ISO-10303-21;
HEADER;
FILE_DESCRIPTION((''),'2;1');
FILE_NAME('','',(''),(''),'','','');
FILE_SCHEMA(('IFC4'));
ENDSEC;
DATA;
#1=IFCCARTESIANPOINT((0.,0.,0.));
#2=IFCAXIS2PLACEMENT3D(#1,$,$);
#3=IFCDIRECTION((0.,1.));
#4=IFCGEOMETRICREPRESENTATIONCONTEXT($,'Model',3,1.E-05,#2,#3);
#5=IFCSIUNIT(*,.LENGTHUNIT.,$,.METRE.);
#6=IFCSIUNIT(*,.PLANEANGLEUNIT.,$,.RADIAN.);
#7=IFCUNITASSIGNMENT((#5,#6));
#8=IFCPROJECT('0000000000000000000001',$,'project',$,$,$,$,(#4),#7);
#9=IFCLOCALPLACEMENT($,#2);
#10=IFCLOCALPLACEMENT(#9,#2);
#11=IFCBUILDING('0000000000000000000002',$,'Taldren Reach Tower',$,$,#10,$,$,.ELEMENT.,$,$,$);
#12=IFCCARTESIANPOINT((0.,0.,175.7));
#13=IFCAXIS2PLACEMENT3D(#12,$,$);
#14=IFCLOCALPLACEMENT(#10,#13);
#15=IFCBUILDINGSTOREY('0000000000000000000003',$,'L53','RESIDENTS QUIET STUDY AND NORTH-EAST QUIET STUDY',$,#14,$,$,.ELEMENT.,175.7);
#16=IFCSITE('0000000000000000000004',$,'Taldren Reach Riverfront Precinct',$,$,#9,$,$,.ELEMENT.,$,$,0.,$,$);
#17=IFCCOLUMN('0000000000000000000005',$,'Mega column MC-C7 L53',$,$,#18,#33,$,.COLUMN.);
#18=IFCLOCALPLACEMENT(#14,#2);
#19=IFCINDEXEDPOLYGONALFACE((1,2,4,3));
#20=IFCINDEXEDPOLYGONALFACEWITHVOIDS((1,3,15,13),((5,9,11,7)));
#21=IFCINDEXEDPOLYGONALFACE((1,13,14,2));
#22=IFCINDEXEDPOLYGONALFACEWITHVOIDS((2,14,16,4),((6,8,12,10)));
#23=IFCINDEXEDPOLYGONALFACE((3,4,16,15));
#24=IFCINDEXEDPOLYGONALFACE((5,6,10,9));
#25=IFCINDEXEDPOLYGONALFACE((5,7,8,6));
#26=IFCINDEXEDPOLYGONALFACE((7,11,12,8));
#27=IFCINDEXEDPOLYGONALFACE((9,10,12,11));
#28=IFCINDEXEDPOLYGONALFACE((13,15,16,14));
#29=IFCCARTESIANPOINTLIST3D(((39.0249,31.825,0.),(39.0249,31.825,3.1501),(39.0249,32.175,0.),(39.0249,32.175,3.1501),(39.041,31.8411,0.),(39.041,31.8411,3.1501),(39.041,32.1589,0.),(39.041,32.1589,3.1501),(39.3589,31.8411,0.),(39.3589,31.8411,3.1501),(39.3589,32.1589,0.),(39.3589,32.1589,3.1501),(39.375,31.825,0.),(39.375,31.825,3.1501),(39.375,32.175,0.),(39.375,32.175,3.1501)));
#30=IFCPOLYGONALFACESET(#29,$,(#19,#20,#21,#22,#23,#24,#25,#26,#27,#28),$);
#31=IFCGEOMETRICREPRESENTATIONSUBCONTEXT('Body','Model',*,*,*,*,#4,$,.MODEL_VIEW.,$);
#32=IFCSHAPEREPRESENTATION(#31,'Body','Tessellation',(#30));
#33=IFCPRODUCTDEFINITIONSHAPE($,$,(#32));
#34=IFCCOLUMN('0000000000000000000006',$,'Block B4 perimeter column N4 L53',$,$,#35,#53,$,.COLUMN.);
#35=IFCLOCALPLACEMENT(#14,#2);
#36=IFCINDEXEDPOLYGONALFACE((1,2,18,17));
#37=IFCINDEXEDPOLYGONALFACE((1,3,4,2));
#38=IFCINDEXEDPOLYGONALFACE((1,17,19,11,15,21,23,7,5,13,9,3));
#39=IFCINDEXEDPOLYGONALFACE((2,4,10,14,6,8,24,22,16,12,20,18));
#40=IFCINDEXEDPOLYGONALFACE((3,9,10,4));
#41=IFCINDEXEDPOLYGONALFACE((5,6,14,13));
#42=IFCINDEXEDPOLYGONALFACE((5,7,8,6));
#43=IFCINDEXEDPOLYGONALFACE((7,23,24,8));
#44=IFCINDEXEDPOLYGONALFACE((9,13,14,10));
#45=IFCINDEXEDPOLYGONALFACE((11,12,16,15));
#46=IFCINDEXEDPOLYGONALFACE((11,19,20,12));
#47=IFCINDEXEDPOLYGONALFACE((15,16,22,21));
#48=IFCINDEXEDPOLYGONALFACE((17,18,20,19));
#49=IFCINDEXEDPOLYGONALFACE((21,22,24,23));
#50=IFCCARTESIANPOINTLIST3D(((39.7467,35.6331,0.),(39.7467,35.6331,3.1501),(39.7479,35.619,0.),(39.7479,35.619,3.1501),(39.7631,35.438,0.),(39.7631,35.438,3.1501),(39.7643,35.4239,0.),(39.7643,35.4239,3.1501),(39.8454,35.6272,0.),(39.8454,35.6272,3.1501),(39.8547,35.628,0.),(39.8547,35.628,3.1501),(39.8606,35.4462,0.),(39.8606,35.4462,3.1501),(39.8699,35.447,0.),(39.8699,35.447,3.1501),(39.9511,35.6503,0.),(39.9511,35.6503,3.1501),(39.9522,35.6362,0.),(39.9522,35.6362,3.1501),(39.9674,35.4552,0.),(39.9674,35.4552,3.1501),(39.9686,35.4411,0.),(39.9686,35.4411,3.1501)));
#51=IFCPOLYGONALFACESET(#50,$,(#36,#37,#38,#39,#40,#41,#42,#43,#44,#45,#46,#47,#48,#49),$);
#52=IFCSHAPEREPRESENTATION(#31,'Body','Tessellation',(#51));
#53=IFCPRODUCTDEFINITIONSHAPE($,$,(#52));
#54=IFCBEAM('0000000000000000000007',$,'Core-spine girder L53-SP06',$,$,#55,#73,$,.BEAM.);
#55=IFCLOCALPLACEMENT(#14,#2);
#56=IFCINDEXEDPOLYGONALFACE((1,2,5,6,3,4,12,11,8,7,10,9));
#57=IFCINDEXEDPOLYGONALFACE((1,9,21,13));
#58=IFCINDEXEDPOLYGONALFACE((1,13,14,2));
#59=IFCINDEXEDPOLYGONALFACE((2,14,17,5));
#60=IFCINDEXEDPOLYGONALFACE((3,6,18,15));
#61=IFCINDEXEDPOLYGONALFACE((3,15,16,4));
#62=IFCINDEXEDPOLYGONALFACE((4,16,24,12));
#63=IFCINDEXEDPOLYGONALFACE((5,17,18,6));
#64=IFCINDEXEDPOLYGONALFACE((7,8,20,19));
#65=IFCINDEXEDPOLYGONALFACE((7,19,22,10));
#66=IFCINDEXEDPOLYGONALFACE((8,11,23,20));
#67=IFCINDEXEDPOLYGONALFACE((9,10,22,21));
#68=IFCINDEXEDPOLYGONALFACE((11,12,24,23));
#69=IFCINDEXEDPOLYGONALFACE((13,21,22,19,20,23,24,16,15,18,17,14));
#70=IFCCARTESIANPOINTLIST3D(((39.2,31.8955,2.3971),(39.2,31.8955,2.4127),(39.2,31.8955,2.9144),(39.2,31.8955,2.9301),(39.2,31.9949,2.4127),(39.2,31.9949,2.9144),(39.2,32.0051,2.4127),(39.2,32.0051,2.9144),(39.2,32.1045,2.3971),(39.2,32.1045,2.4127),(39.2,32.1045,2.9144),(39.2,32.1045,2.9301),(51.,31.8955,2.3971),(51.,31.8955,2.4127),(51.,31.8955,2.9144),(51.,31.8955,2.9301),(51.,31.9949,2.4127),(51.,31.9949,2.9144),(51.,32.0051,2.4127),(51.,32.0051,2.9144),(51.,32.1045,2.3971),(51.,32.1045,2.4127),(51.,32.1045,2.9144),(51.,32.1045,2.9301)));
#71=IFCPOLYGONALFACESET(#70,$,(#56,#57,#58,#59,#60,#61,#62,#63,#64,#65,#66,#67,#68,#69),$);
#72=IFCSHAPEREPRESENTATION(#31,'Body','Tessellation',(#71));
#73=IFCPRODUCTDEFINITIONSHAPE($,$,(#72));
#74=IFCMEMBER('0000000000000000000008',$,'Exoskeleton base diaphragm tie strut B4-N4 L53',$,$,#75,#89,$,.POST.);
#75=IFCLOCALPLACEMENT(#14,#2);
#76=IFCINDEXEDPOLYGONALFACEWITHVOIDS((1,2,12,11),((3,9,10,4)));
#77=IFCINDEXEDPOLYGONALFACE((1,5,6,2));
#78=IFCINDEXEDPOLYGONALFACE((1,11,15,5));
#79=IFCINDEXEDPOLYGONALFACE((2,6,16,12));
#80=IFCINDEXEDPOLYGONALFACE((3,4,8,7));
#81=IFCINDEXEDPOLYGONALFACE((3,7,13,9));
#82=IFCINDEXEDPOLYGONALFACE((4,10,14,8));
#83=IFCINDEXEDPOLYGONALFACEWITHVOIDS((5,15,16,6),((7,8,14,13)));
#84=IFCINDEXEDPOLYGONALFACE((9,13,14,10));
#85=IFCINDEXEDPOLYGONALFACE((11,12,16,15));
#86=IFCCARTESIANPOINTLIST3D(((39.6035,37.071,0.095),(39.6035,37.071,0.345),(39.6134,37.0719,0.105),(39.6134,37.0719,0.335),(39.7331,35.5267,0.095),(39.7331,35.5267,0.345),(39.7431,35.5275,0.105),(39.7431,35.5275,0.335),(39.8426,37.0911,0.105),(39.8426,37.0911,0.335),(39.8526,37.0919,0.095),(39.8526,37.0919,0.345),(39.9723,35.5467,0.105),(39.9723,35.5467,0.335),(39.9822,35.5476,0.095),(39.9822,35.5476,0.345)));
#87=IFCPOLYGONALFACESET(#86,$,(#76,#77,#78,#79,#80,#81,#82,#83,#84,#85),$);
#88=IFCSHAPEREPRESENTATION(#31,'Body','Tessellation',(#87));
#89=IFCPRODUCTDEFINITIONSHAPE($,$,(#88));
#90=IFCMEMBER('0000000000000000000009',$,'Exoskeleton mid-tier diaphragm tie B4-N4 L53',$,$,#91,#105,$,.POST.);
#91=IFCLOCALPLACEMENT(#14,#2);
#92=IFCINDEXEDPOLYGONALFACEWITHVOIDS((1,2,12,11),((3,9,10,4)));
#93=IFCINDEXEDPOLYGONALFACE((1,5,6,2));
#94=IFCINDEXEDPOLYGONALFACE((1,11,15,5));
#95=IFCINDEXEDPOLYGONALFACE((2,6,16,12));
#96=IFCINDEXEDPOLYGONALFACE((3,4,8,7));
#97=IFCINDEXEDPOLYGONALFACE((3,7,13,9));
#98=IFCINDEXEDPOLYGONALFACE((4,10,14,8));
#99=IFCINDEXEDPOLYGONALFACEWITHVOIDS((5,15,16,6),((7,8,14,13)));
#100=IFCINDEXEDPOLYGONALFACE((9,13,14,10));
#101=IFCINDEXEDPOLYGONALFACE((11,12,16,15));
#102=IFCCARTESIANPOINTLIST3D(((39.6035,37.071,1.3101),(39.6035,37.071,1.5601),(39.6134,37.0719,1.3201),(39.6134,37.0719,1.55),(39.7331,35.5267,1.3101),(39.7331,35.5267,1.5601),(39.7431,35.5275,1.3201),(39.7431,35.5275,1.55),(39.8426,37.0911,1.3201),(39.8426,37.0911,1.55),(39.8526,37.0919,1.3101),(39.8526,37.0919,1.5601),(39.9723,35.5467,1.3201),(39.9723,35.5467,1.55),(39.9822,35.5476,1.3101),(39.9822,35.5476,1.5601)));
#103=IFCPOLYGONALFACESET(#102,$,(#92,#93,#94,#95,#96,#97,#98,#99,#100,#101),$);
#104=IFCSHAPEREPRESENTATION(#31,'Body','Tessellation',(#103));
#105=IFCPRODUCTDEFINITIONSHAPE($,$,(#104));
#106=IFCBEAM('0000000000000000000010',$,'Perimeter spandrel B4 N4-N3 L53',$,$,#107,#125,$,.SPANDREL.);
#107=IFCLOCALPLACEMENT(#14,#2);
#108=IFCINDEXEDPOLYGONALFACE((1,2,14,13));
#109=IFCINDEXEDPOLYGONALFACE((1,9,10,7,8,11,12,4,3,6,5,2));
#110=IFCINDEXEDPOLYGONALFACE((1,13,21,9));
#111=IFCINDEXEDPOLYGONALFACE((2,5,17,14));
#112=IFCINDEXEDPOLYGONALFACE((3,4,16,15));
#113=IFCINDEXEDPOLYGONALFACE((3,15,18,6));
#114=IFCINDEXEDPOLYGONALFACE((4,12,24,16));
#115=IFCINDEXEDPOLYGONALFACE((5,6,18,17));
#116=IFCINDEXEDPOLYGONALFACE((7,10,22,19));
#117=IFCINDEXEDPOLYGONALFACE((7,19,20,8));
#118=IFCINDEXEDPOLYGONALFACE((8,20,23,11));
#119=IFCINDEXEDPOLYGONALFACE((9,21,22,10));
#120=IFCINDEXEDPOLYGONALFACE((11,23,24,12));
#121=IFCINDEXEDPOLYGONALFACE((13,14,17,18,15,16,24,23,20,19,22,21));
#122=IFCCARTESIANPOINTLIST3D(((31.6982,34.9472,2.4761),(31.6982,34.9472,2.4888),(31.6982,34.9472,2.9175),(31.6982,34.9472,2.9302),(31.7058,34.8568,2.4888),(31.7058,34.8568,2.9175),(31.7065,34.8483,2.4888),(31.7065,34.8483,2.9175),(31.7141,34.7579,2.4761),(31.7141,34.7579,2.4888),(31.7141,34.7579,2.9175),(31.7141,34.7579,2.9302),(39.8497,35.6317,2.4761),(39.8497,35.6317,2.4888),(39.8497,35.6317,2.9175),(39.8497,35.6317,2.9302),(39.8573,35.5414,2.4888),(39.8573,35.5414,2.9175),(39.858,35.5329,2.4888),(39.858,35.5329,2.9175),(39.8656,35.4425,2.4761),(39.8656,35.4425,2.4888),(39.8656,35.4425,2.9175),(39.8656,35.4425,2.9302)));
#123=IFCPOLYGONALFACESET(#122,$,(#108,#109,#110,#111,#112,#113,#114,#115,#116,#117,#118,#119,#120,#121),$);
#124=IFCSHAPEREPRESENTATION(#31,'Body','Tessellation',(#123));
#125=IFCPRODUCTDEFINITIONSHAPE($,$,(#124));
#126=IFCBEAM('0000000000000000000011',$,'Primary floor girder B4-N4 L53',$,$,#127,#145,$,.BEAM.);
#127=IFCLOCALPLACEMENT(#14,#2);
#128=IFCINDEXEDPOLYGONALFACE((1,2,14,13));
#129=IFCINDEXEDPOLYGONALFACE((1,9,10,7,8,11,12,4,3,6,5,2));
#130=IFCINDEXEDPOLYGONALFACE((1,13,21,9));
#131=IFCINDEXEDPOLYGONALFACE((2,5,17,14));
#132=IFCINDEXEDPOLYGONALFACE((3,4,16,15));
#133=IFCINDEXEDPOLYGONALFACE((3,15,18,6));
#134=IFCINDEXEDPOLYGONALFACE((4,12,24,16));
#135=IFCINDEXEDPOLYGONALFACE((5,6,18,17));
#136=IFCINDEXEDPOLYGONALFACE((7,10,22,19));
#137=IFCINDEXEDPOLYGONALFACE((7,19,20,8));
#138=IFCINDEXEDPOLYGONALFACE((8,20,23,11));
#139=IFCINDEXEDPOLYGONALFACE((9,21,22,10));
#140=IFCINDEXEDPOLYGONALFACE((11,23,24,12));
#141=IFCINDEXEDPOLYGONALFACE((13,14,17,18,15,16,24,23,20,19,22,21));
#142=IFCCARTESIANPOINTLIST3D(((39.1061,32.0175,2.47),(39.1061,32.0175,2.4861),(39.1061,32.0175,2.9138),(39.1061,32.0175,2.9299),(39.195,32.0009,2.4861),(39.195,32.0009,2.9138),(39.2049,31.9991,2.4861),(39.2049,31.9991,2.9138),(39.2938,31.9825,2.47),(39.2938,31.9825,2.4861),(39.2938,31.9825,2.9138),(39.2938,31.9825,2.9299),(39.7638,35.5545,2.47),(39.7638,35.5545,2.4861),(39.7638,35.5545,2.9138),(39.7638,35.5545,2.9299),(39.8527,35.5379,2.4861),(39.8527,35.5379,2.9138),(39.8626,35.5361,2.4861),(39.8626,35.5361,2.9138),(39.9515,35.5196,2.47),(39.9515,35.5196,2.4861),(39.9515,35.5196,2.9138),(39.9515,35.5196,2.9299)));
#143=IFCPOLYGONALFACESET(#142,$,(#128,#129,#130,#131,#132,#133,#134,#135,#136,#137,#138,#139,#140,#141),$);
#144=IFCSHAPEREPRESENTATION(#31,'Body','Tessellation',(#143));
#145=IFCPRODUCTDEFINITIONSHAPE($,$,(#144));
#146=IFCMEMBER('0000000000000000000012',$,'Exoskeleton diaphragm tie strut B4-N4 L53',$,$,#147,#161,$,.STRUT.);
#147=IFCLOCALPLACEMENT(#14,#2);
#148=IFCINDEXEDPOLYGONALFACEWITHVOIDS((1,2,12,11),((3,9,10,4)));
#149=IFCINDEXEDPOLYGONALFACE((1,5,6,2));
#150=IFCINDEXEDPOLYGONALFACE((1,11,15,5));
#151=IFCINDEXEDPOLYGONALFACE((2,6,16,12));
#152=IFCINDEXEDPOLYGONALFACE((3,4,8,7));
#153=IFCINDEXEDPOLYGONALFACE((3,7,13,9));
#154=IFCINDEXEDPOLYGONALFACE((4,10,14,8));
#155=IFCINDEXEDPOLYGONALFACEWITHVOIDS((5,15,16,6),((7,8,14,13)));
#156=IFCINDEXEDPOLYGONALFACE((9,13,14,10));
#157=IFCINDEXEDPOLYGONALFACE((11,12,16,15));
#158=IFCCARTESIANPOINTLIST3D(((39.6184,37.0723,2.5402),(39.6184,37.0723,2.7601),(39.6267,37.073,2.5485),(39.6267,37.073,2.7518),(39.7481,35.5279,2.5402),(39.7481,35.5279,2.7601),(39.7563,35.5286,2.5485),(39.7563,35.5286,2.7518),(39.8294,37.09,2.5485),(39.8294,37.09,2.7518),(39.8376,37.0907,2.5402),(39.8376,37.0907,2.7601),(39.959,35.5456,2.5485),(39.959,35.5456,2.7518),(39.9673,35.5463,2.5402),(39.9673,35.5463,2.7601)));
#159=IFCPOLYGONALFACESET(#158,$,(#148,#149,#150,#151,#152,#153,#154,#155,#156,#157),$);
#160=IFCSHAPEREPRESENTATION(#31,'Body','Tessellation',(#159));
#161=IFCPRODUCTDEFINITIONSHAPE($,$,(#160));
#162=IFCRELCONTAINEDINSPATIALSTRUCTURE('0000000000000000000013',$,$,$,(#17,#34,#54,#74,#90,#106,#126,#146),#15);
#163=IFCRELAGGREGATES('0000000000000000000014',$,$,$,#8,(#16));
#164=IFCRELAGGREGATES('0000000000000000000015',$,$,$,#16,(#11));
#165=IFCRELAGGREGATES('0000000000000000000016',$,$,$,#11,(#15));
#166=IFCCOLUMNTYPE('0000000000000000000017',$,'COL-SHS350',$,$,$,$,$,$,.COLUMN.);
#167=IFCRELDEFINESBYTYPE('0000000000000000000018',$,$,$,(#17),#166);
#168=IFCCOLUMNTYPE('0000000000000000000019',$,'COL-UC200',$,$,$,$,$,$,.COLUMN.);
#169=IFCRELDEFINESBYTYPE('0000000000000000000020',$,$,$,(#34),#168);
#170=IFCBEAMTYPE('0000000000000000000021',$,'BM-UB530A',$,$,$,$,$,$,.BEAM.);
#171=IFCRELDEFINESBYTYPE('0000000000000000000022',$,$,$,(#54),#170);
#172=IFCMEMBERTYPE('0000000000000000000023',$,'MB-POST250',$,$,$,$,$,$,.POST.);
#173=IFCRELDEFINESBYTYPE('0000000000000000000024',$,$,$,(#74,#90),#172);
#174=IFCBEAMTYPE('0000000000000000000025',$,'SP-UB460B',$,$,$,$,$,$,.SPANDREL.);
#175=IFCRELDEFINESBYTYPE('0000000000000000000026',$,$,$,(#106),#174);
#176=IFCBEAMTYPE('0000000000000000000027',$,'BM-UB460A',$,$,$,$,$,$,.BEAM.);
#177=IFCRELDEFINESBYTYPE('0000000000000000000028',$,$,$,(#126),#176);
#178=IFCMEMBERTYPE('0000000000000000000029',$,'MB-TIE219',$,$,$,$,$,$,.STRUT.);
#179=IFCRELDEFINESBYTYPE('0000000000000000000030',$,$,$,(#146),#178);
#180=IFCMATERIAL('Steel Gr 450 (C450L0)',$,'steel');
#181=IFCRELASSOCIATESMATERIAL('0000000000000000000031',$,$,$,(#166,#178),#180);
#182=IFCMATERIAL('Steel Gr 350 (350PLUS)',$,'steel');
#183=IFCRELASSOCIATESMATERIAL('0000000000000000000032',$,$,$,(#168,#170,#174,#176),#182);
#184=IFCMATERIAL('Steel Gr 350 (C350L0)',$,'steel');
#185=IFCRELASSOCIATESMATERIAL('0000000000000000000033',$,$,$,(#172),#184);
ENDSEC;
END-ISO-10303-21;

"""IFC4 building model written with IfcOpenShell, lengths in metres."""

from ifc_helpers import new_model, si_unit, direction, frame, origin, origin_2d, place, context, subcontext, project, spatial, hollow_rectangle, i_section, extrude, source, transform, mapped, material, material_profile, profile_set, type_object, element, save


model = new_model("IFC4")

# Units and contexts
model_context = context("Model", 3, precision=1e-05, world=origin(), true_north=direction((0.0, 1.0)))
body_context = subcontext(model_context, "Body", "Model", "MODEL_VIEW")
ifc_project = project(units=[si_unit("LENGTHUNIT", "METRE"), si_unit("PLANEANGLEUNIT", "RADIAN")], contexts=[model_context])

# Site, building, storey
site_placement = place(None, origin())
site = spatial("IfcSite", under=ifc_project, at=site_placement, Name="Taldren Reach Riverfront Precinct", CompositionType="ELEMENT", RefElevation=0.0)
building_placement = place(site_placement, origin())
building = spatial("IfcBuilding", under=site, at=building_placement, Name="Taldren Reach Tower", CompositionType="ELEMENT")
storey_placement = place(building_placement, frame((0.0, 0.0, 175.7)))
storey = spatial("IfcBuildingStorey", under=building, at=storey_placement, Name="L53", Description="RESIDENTS QUIET STUDY AND NORTH-EAST QUIET STUDY", CompositionType="ELEMENT", Elevation=175.7)

# Columns
ifc_material_1 = material(Name="Steel Gr 450 (C450L0)", Category="steel")
ifc_material_profile_1 = material_profile(ifc_material_1, hollow_rectangle(XDim=0.3501, YDim=0.3501, WallThickness=0.0161, at=origin_2d()), Name="350x350x16.0SHS")
ifc_profile_set_1 = profile_set([ifc_material_profile_1], Name="Steel Gr 450 (C450L0)")
column_type_1 = type_object("IfcColumnType", Name="COL-SHS350", PredefinedType="COLUMN", material=ifc_profile_set_1)
shared_shape_1 = source(origin(), body_context, "Body", "SweptSolid", [
    extrude(hollow_rectangle(XDim=0.3501, YDim=0.3501, WallThickness=0.0161, at=origin_2d()), origin(), (0.0, 0.0, 1.0), 3.1501),
])
column_1_placement = place(storey_placement, frame((39.2, 32.0, 0.0), z_axis=(0.0, 0.0, 1.0), x_axis=(1.0, 0.0, 0.0)))
element("IfcColumn", 1, at=column_1_placement, inside=storey, type_object=column_type_1, Name="Mega column MC-C7 L53", PredefinedType="COLUMN", context=body_context, shape_type="MappedRepresentation", body=[
    mapped(shared_shape_1, transform((0.0, 0.0, 0.0), scale=1.0)),
])
ifc_material_2 = material(Name="Steel Gr 350 (350PLUS)", Category="steel")
ifc_material_profile_2 = material_profile(ifc_material_2, i_section(OverallWidth=0.2051, OverallDepth=0.21, WebThickness=0.0093, FlangeThickness=0.0142, at=origin_2d()), Name="200UC59.5")
ifc_profile_set_2 = profile_set([ifc_material_profile_2], Name="Steel Gr 350 (350PLUS)")
column_type_2 = type_object("IfcColumnType", Name="COL-UC200", PredefinedType="COLUMN", material=ifc_profile_set_2)
shared_shape_2 = source(origin(), body_context, "Body", "SweptSolid", [
    extrude(i_section(OverallWidth=0.2051, OverallDepth=0.21, WebThickness=0.0093, FlangeThickness=0.0142, at=origin_2d()), origin(), (0.0, 0.0, 1.0), 3.1501),
])
column_2_placement = place(storey_placement, frame((39.8577, 35.5371, 0.0), z_axis=(0.0, 0.0, 1.0), x_axis=(0.996493, 0.083678, 0.0)))
element("IfcColumn", 2, at=column_2_placement, inside=storey, type_object=column_type_2, Name="Block B4 perimeter column N4 L53", PredefinedType="COLUMN", context=body_context, shape_type="MappedRepresentation", body=[
    mapped(shared_shape_2, transform((0.0, 0.0, 0.0), scale=1.0)),
])

# Beam
ifc_material_profile_3 = material_profile(ifc_material_2, i_section(OverallWidth=0.209, OverallDepth=0.533, WebThickness=0.0103, FlangeThickness=0.0156, at=origin_2d()), Name="530UB92.4")
ifc_profile_set_3 = profile_set([ifc_material_profile_3], Name="Steel Gr 350 (350PLUS)")
beam_type_1 = type_object("IfcBeamType", Name="BM-UB530A", PredefinedType="BEAM", material=ifc_profile_set_3)
shared_shape_3 = source(origin(), body_context, "Body", "SweptSolid", [
    extrude(i_section(OverallWidth=0.209, OverallDepth=0.533, WebThickness=0.0103, FlangeThickness=0.0156, at=origin_2d()), origin(), (0.0, 0.0, 1.0), 11.8),
])
beam_1_placement = place(storey_placement, frame((39.2, 32.0, 2.6636), z_axis=(1.0, 0.0, 0.0), x_axis=(0.0, 1.0, 0.0)))
element("IfcBeam", 3, at=beam_1_placement, inside=storey, type_object=beam_type_1, Name="Core-spine girder L53-SP06", PredefinedType="BEAM", context=body_context, shape_type="MappedRepresentation", body=[
    mapped(shared_shape_3, transform((0.0, 0.0, 0.0), scale=1.0)),
])

# Members
ifc_material_3 = material(Name="Steel Gr 350 (C350L0)", Category="steel")
ifc_material_profile_4 = material_profile(ifc_material_3, hollow_rectangle(XDim=0.25, YDim=0.25, WallThickness=0.01, at=origin_2d()), Name="250x250x10.0SHS")
ifc_profile_set_4 = profile_set([ifc_material_profile_4], Name="Steel Gr 350 (C350L0)")
member_type_1 = type_object("IfcMemberType", Name="MB-POST250", PredefinedType="POST", material=ifc_profile_set_4)
shared_shape_4 = source(origin(), body_context, "Body", "SweptSolid", [
    extrude(hollow_rectangle(XDim=0.25, YDim=0.25, WallThickness=0.01, at=origin_2d()), origin(), (0.0, 0.0, 1.0), 1.5498),
])
for number, where, z_axis, x_axis, name in (
    (4, (39.8577, 35.5371, 0.22), (-0.083645, 0.996496, 0.0), (-0.996496, -0.083645, 0.0), "Exoskeleton base diaphragm tie strut B4-N4 L53"),
    (5, (39.8577, 35.5371, 1.4351), (-0.083645, 0.996496, 0.0), (-0.996496, -0.083645, 0.0), "Exoskeleton mid-tier diaphragm tie B4-N4 L53"),
):
    element("IfcMember", number, at=place(storey_placement, frame(where, z_axis=z_axis, x_axis=x_axis)), inside=storey, type_object=member_type_1, Name=name, PredefinedType="POST", context=body_context, shape_type="MappedRepresentation", body=[
        mapped(shared_shape_4, transform((0.0, 0.0, 0.0), scale=1.0)),
    ])

# Beams
ifc_material_profile_5 = material_profile(ifc_material_2, i_section(OverallWidth=0.1899, OverallDepth=0.4541, WebThickness=0.0085, FlangeThickness=0.0127, at=origin_2d()), Name="460UB67.1")
ifc_profile_set_5 = profile_set([ifc_material_profile_5], Name="Steel Gr 350 (350PLUS)")
beam_type_2 = type_object("IfcBeamType", Name="SP-UB460B", PredefinedType="SPANDREL", material=ifc_profile_set_5)
shared_shape_5 = source(origin(), body_context, "Body", "SweptSolid", [
    extrude(i_section(OverallWidth=0.1899, OverallDepth=0.4541, WebThickness=0.0085, FlangeThickness=0.0127, at=origin_2d()), origin(), (0.0, 0.0, 1.0), 8.1802),
])
beam_2_placement = place(storey_placement, frame((39.8577, 35.5371, 2.7031), z_axis=(-0.996492, -0.083688, 0.0), x_axis=(0.083688, -0.996492, 0.0)))
element("IfcBeam", 6, at=beam_2_placement, inside=storey, type_object=beam_type_2, Name="Perimeter spandrel B4 N4-N3 L53", PredefinedType="SPANDREL", context=body_context, shape_type="MappedRepresentation", body=[
    mapped(shared_shape_5, transform((0.0, 0.0, 0.0), scale=1.0)),
])
ifc_material_profile_6 = material_profile(ifc_material_2, i_section(OverallWidth=0.1909, OverallDepth=0.46, WebThickness=0.01, FlangeThickness=0.0161, at=origin_2d()), Name="460UB82.1")
ifc_profile_set_6 = profile_set([ifc_material_profile_6], Name="Steel Gr 350 (350PLUS)")
beam_type_3 = type_object("IfcBeamType", Name="BM-UB460A", PredefinedType="BEAM", material=ifc_profile_set_6)
shared_shape_6 = source(origin(), body_context, "Body", "SweptSolid", [
    extrude(i_section(OverallWidth=0.1909, OverallDepth=0.46, WebThickness=0.01, FlangeThickness=0.0161, at=origin_2d()), origin(), (0.0, 0.0, 1.0), 3.5977),
])
beam_3_placement = place(storey_placement, frame((39.2, 32.0, 2.7), z_axis=(0.182813, 0.983148, 0.0), x_axis=(-0.983148, 0.182813, 0.0)))
element("IfcBeam", 7, at=beam_3_placement, inside=storey, type_object=beam_type_3, Name="Primary floor girder B4-N4 L53", PredefinedType="BEAM", context=body_context, shape_type="MappedRepresentation", body=[
    mapped(shared_shape_6, transform((0.0, 0.0, 0.0), scale=1.0)),
])

# Member
ifc_material_profile_7 = material_profile(ifc_material_1, hollow_rectangle(XDim=0.22, YDim=0.22, WallThickness=0.0083, at=origin_2d()), Name="220x220x8.2SHS")
ifc_profile_set_7 = profile_set([ifc_material_profile_7], Name="Steel Gr 450 (C450L0)")
member_type_2 = type_object("IfcMemberType", Name="MB-TIE219", PredefinedType="STRUT", material=ifc_profile_set_7)
shared_shape_7 = source(origin(), body_context, "Body", "SweptSolid", [
    extrude(hollow_rectangle(XDim=0.22, YDim=0.22, WallThickness=0.0083, at=origin_2d()), origin(), (0.0, 0.0, 1.0), 1.5498),
])
member_1_placement = place(storey_placement, frame((39.8577, 35.5371, 2.6501), z_axis=(-0.083645, 0.996496, 0.0), x_axis=(-0.996496, -0.083645, 0.0)))
element("IfcMember", 8, at=member_1_placement, inside=storey, type_object=member_type_2, Name="Exoskeleton diaphragm tie strut B4-N4 L53", PredefinedType="STRUT", context=body_context, shape_type="MappedRepresentation", body=[
    mapped(shared_shape_7, transform((0.0, 0.0, 0.0), scale=1.0)),
])

save(model, "model.ifc")
